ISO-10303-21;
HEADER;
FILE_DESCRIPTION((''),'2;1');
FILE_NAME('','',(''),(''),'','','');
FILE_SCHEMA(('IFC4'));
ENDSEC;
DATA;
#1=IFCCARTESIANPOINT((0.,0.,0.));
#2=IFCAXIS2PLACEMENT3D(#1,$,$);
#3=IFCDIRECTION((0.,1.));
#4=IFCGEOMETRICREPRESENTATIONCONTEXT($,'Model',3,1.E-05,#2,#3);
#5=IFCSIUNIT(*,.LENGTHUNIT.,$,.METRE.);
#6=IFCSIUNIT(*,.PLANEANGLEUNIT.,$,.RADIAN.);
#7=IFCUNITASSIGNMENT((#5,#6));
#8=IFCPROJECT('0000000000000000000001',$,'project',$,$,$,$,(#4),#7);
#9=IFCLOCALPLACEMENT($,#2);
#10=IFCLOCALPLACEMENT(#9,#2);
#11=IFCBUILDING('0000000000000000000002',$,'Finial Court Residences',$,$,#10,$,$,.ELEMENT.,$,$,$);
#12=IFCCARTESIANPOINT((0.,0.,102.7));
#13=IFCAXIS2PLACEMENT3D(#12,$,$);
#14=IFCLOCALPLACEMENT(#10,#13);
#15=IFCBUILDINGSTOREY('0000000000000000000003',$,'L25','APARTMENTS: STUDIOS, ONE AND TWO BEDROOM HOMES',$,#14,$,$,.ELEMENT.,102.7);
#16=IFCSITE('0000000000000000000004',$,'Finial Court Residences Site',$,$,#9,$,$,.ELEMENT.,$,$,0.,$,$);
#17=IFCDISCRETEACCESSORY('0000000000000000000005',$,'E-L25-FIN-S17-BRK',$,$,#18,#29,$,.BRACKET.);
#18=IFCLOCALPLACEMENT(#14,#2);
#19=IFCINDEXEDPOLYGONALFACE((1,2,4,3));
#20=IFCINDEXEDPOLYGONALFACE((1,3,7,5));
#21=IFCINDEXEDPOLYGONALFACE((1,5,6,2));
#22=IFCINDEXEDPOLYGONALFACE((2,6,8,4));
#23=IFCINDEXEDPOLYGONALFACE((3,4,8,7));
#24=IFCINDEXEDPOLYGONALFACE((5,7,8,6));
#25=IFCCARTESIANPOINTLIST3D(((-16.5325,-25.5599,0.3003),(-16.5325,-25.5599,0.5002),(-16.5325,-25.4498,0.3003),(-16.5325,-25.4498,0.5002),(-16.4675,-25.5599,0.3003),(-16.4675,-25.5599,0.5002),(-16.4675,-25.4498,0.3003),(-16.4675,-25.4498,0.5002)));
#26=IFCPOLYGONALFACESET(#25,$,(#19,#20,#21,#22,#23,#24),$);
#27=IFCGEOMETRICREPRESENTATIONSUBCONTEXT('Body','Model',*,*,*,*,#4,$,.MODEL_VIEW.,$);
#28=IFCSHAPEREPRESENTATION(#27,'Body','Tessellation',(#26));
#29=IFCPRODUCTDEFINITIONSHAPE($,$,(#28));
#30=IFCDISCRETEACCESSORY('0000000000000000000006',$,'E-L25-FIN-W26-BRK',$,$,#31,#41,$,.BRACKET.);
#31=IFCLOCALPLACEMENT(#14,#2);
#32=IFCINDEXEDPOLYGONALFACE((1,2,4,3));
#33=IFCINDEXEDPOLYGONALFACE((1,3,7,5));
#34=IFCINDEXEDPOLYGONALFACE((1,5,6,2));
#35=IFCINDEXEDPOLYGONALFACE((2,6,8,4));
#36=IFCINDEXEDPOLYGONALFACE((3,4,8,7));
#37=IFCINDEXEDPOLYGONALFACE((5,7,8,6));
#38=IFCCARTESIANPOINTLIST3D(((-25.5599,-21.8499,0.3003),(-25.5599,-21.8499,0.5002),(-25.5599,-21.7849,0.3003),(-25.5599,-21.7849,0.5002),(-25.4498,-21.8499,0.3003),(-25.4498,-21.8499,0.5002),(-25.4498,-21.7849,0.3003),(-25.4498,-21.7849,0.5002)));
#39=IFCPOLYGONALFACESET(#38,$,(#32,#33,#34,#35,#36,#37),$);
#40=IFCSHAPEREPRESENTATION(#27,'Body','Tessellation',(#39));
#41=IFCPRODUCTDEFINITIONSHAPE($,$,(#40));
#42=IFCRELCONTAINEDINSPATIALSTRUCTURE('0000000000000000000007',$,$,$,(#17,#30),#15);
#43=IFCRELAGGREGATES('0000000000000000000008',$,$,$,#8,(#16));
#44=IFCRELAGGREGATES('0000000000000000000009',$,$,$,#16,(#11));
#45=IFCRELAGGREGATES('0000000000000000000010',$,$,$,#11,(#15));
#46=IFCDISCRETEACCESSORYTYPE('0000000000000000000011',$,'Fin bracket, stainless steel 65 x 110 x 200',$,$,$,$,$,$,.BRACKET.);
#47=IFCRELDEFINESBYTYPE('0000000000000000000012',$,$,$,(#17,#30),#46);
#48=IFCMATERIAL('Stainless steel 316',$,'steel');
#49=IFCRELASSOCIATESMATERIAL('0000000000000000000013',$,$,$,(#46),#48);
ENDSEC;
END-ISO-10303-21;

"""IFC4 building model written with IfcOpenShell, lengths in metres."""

from ifc_helpers import new_model, si_unit, direction, frame, origin, origin_2d, place, context, subcontext, project, spatial, rectangle, extrude, material, type_object, element, save


model = new_model("IFC4")

# Units and contexts
model_context = context("Model", 3, precision=1e-05, world=origin(), true_north=direction((0.0, 1.0)))
body_context = subcontext(model_context, "Body", "Model", "MODEL_VIEW")
ifc_project = project(units=[si_unit("LENGTHUNIT", "METRE"), si_unit("PLANEANGLEUNIT", "RADIAN")], contexts=[model_context])

# Site, building, storey
site_placement = place(None, origin())
site = spatial("IfcSite", under=ifc_project, at=site_placement, Name="Finial Court Residences Site", CompositionType="ELEMENT", RefElevation=0.0)
building_placement = place(site_placement, origin())
building = spatial("IfcBuilding", under=site, at=building_placement, Name="Finial Court Residences", CompositionType="ELEMENT")
storey_placement = place(building_placement, frame((0.0, 0.0, 102.7)))
storey = spatial("IfcBuildingStorey", under=building, at=storey_placement, Name="L25", Description="APARTMENTS: STUDIOS, ONE AND TWO BEDROOM HOMES", CompositionType="ELEMENT", Elevation=102.7)

# Discrete accessories
ifc_material_1 = material(Name="Stainless steel 316", Category="steel")
discrete_accessory_type = type_object("IfcDiscreteAccessoryType", Name="Fin bracket, stainless steel 65 x 110 x 200", PredefinedType="BRACKET", material=ifc_material_1)
for number, where, z_axis, x_axis, name in (
    (1, (-16.5, -25.5049, 0.3003), (0.0, 0.0, 1.0), (1.0, 0.0, 0.0), "E-L25-FIN-S17-BRK"),
):
    element("IfcDiscreteAccessory", number, at=place(storey_placement, frame(where, z_axis=z_axis, x_axis=x_axis)), inside=storey, type_object=discrete_accessory_type, Name=name, PredefinedType="BRACKET", context=body_context, shape_type="SweptSolid", body=[
        extrude(rectangle(XDim=0.0649, YDim=0.1101, at=origin_2d()), origin(), (0.0, 0.0, 1.0), 0.2),
    ])
discrete_accessory_placement = place(storey_placement, frame((-25.5049, -21.8174, 0.3003), z_axis=(0.0, 0.0, 1.0), x_axis=(1.0, 0.0, 0.0)))
element("IfcDiscreteAccessory", 2, at=discrete_accessory_placement, inside=storey, type_object=discrete_accessory_type, Name="E-L25-FIN-W26-BRK", PredefinedType="BRACKET", context=body_context, shape_type="SweptSolid", body=[
    extrude(rectangle(XDim=0.1101, YDim=0.0649, at=origin_2d()), origin(), (0.0, 0.0, 1.0), 0.2),
])

save(model, "model.ifc")
